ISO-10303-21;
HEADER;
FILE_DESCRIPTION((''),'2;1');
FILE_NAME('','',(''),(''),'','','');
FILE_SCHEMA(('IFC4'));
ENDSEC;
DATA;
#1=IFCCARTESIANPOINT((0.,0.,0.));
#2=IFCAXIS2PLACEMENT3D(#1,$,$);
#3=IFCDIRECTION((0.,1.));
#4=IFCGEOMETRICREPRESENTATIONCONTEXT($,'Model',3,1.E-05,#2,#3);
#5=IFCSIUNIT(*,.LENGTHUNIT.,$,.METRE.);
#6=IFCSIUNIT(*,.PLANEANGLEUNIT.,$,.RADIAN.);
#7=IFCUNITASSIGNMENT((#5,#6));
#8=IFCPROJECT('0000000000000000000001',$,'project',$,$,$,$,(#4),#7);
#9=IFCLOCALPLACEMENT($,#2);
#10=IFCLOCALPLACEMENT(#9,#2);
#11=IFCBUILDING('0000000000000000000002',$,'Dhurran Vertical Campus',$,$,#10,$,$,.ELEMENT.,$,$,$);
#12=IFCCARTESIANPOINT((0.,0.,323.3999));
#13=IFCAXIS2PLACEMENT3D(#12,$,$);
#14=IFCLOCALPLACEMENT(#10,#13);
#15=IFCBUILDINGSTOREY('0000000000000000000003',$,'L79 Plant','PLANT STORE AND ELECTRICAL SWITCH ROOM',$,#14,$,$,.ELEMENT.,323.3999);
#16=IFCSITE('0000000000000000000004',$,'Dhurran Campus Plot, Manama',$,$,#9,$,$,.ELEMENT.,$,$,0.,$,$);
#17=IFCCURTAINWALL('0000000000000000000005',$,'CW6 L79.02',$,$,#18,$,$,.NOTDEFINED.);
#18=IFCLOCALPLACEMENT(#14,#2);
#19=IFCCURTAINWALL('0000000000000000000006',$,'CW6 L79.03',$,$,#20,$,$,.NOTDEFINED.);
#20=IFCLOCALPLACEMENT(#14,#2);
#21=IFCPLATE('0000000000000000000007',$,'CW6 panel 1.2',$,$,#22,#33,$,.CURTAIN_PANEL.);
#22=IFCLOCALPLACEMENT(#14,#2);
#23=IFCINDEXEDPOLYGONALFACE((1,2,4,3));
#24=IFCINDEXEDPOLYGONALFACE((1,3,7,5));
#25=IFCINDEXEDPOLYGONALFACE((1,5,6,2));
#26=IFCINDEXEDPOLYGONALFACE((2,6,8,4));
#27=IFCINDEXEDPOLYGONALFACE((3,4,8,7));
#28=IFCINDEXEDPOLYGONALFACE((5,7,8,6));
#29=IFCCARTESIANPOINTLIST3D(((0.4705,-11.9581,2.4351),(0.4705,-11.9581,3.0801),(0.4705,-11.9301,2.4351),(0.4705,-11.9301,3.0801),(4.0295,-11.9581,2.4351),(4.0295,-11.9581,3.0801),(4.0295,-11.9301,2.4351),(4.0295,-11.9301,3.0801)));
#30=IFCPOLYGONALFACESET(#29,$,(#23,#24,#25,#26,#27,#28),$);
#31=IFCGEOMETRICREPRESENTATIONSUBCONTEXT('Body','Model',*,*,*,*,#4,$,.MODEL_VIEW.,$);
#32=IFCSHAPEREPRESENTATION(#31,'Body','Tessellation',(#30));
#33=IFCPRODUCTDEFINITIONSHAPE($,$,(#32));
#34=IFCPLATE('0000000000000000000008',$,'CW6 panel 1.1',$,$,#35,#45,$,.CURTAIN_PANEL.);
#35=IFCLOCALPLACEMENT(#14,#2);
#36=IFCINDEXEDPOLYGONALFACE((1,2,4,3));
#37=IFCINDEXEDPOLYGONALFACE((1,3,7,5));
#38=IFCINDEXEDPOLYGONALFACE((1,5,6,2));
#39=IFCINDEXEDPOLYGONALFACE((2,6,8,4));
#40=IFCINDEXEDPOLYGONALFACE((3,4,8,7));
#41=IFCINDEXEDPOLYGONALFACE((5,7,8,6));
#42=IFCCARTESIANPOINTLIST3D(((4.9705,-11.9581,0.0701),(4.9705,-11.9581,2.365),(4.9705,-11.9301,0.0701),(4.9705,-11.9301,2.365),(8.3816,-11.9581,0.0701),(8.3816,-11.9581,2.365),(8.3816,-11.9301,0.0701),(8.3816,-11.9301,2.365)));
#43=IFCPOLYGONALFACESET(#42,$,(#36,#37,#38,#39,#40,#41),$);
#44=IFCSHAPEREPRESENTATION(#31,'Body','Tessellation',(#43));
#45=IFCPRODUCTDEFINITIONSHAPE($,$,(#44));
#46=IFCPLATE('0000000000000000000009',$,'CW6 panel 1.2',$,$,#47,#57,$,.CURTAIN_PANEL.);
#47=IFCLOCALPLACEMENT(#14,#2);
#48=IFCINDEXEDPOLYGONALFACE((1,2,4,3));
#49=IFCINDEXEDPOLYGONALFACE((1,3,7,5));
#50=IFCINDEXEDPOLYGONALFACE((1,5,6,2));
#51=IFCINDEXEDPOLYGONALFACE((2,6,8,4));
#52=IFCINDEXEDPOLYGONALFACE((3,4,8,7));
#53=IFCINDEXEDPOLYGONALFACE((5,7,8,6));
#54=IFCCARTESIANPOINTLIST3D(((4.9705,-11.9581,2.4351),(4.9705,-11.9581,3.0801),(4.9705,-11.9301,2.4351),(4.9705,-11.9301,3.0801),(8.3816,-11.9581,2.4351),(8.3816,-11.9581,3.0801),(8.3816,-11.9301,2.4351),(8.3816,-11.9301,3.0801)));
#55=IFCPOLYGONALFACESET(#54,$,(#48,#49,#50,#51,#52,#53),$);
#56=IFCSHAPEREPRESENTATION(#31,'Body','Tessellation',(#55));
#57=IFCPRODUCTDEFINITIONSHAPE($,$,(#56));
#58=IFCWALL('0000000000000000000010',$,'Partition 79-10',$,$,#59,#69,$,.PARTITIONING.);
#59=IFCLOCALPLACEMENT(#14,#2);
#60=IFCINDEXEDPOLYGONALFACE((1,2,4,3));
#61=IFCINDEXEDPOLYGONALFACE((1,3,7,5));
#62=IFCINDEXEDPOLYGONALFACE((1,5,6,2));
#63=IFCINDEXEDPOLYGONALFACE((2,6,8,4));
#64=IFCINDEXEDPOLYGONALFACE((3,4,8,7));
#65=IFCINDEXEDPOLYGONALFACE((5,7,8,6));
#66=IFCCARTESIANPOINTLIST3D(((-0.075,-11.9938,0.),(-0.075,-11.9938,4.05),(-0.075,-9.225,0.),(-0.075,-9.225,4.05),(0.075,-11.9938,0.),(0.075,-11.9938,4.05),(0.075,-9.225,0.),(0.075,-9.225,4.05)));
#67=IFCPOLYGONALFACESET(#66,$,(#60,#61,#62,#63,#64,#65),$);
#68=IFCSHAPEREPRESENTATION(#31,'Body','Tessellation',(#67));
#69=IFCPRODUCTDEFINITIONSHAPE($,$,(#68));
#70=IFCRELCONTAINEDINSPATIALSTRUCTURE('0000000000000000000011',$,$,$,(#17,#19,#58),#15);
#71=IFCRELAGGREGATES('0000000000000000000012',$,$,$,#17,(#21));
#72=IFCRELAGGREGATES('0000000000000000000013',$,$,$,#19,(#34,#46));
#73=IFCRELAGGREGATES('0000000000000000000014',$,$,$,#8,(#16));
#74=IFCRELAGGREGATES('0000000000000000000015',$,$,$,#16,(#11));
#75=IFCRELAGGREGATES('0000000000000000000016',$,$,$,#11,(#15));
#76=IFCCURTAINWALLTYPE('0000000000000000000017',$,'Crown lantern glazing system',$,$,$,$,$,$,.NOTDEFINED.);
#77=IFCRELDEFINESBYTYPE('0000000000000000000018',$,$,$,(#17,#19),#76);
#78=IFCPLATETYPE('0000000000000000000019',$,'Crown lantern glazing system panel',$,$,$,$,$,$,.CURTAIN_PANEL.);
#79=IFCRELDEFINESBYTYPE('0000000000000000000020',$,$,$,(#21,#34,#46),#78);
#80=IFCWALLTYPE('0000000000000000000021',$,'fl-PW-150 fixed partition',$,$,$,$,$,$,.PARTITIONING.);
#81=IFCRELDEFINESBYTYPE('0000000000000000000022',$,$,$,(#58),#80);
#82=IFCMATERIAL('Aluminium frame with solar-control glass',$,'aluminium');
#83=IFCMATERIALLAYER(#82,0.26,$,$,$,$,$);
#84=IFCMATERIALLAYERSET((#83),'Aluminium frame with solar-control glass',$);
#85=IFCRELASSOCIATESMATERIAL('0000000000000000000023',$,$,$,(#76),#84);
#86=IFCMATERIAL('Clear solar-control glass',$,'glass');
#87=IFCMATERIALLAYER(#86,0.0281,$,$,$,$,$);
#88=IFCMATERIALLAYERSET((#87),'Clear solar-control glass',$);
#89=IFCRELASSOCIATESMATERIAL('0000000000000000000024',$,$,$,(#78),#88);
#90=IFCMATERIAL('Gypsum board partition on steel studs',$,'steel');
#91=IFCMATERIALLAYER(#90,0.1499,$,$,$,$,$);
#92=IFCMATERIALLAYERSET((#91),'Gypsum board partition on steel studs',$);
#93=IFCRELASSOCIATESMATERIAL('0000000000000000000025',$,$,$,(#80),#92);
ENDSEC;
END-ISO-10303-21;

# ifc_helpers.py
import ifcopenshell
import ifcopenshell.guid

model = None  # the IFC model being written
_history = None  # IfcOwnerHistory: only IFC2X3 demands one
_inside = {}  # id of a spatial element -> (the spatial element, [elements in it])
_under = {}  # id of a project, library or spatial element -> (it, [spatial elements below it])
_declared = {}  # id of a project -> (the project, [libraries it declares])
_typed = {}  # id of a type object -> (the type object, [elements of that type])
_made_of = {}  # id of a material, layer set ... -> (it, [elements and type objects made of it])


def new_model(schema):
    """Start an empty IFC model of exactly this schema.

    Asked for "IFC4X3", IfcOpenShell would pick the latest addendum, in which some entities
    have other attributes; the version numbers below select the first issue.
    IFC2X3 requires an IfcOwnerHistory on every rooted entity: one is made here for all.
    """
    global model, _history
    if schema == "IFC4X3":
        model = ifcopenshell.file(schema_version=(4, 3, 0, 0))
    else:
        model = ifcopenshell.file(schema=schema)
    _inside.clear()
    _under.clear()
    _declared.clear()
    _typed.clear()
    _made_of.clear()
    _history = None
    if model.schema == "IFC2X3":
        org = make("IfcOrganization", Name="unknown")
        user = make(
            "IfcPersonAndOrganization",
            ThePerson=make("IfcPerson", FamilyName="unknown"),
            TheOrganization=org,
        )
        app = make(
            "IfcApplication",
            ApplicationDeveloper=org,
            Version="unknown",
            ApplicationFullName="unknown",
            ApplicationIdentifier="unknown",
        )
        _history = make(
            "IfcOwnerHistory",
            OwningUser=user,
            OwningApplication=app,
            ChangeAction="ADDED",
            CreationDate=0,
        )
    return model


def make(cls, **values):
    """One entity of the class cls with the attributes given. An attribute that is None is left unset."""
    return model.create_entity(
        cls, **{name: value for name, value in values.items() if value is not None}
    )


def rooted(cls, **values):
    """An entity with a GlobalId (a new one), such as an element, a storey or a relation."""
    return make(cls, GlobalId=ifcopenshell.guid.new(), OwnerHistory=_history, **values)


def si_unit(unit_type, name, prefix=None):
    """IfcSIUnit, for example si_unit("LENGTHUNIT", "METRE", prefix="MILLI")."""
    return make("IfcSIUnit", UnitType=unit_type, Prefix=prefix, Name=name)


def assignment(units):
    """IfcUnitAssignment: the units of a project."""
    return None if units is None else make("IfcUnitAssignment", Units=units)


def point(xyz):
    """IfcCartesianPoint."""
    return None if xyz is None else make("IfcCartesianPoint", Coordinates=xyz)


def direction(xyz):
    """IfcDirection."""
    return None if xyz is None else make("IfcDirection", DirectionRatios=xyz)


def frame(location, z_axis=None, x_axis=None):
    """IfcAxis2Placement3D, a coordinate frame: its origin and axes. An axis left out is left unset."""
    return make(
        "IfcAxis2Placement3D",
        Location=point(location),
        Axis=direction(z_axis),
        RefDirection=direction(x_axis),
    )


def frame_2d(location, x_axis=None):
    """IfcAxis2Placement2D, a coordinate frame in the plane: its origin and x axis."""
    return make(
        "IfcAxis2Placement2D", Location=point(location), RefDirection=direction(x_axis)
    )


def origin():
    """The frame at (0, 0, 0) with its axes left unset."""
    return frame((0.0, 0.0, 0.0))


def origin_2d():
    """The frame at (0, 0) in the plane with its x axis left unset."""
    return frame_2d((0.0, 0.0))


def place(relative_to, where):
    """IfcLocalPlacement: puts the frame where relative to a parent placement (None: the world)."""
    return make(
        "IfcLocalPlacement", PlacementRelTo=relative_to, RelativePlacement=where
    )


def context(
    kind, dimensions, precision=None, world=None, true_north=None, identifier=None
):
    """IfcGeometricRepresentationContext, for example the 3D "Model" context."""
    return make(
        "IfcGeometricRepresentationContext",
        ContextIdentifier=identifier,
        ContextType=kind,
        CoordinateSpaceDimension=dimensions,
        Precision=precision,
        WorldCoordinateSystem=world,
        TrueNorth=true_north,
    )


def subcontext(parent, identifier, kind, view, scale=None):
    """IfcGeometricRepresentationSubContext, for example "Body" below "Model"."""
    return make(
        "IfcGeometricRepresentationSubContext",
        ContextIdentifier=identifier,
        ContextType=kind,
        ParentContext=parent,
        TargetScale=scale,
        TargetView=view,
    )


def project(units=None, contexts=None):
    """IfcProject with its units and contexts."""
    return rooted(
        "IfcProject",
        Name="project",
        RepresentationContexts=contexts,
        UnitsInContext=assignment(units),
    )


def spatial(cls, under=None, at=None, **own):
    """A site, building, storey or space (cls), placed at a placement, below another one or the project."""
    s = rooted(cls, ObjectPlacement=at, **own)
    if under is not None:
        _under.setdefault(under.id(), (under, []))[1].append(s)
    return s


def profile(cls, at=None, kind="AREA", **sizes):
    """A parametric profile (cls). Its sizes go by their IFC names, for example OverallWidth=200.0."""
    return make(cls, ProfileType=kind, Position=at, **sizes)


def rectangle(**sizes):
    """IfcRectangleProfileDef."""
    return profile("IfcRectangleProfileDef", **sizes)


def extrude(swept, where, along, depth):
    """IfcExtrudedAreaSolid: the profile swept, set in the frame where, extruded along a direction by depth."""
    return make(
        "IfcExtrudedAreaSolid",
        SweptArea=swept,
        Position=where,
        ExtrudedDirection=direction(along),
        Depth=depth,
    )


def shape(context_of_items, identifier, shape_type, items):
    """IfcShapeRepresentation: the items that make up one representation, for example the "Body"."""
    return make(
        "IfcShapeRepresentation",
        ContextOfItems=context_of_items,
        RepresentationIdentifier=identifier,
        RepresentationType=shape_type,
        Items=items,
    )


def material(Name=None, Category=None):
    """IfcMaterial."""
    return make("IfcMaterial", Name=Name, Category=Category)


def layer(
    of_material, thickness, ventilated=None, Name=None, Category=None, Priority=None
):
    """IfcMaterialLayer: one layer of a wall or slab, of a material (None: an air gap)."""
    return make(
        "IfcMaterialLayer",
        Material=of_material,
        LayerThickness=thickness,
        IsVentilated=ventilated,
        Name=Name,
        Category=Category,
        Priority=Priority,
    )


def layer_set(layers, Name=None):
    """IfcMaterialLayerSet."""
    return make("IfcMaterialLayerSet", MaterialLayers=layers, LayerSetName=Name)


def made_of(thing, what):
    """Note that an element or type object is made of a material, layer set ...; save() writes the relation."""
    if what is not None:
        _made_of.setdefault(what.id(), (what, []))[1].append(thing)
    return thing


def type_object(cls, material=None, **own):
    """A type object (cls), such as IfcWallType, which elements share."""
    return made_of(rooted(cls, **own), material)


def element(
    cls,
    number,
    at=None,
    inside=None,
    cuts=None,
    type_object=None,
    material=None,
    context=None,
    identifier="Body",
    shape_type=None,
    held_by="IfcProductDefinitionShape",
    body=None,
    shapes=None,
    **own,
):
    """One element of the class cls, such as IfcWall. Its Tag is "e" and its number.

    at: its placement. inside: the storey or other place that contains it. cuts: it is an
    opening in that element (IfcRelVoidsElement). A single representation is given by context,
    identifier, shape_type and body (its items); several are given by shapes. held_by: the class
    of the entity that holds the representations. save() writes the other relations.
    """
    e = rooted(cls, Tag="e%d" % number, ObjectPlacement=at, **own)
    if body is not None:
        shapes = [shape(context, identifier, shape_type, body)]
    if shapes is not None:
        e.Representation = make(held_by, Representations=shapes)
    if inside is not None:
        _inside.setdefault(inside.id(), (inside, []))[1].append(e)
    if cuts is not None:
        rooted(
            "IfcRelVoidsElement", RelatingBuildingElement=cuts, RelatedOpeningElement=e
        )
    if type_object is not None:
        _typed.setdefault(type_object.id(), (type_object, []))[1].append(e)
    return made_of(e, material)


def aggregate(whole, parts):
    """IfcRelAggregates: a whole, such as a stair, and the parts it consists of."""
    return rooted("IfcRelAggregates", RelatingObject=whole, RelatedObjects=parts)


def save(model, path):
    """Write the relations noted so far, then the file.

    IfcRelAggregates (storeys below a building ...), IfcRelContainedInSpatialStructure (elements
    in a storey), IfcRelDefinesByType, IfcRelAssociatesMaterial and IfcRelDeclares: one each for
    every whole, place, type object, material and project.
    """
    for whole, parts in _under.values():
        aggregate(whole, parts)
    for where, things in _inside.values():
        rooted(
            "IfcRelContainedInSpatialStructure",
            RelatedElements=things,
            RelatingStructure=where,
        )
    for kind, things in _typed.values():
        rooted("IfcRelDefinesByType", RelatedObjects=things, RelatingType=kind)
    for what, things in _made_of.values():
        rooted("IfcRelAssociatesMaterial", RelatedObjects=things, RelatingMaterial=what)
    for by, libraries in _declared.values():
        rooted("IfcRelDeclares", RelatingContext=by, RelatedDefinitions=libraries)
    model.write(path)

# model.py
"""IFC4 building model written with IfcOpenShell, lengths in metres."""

from ifc_helpers import new_model, si_unit, direction, frame, frame_2d, origin, origin_2d, place, context, subcontext, project, spatial, rectangle, extrude, material, layer, layer_set, type_object, element, aggregate, save


model = new_model("IFC4")

# Units and contexts
model_context = context("Model", 3, precision=1e-05, world=origin(), true_north=direction((0.0, 1.0)))
body_context = subcontext(model_context, "Body", "Model", "MODEL_VIEW")
ifc_project = project(units=[si_unit("LENGTHUNIT", "METRE"), si_unit("PLANEANGLEUNIT", "RADIAN")], contexts=[model_context])

# Site, building, storey
site_placement = place(None, origin())
site = spatial("IfcSite", under=ifc_project, at=site_placement, Name="Dhurran Campus Plot, Manama", CompositionType="ELEMENT", RefElevation=0.0)
building_placement = place(site_placement, origin())
building = spatial("IfcBuilding", under=site, at=building_placement, Name="Dhurran Vertical Campus", CompositionType="ELEMENT")
storey_placement = place(building_placement, frame((0.0, 0.0, 323.3999)))
storey = spatial("IfcBuildingStorey", under=building, at=storey_placement, Name="L79 Plant", Description="PLANT STORE AND ELECTRICAL SWITCH ROOM", CompositionType="ELEMENT", Elevation=323.3999)

# Curtain walls
ifc_material_1 = material(Name="Aluminium frame with solar-control glass", Category="aluminium")
ifc_layer_1 = layer(ifc_material_1, 0.26)
ifc_layer_set_1 = layer_set([ifc_layer_1], Name="Aluminium frame with solar-control glass")
curtain_wall_type = type_object("IfcCurtainWallType", Name="Crown lantern glazing system", PredefinedType="NOTDEFINED", material=ifc_layer_set_1)
curtain_wall_1_placement = place(storey_placement, origin())
curtain_wall_1 = element("IfcCurtainWall", 1, at=curtain_wall_1_placement, inside=storey, type_object=curtain_wall_type, Name="CW6 L79.02", PredefinedType="NOTDEFINED")
curtain_wall_2_placement = place(storey_placement, origin())
curtain_wall_2 = element("IfcCurtainWall", 2, at=curtain_wall_2_placement, inside=storey, type_object=curtain_wall_type, Name="CW6 L79.03", PredefinedType="NOTDEFINED")

# Plates
ifc_material_2 = material(Name="Clear solar-control glass", Category="glass")
ifc_layer_2 = layer(ifc_material_2, 0.0281)
ifc_layer_set_2 = layer_set([ifc_layer_2], Name="Clear solar-control glass")
plate_type = type_object("IfcPlateType", Name="Crown lantern glazing system panel", PredefinedType="CURTAIN_PANEL", material=ifc_layer_set_2)
plate_1_placement = place(storey_placement, frame((2.25, -11.9441, 2.4351), z_axis=(0.0, 0.0, 1.0), x_axis=(1.0, 0.0, 0.0)))
plate_1 = element("IfcPlate", 3, at=plate_1_placement, type_object=plate_type, Name="CW6 panel 1.2", PredefinedType="CURTAIN_PANEL", context=body_context, shape_type="SweptSolid", body=[
    extrude(rectangle(XDim=3.5591, YDim=0.0281, at=origin_2d()), origin(), (0.0, 0.0, 1.0), 0.645),
])
aggregate(curtain_wall_1, [plate_1])
plate_2_placement = place(storey_placement, frame((6.676, -11.9441, 0.0701), z_axis=(0.0, 0.0, 1.0), x_axis=(1.0, 0.0, 0.0)))
plate_2 = element("IfcPlate", 4, at=plate_2_placement, type_object=plate_type, Name="CW6 panel 1.1", PredefinedType="CURTAIN_PANEL", context=body_context, shape_type="SweptSolid", body=[
    extrude(rectangle(XDim=3.4111, YDim=0.0281, at=origin_2d()), origin(), (0.0, 0.0, 1.0), 2.2949),
])
plate_3_placement = place(storey_placement, frame((6.676, -11.9441, 2.4351), z_axis=(0.0, 0.0, 1.0), x_axis=(1.0, 0.0, 0.0)))
plate_3 = element("IfcPlate", 5, at=plate_3_placement, type_object=plate_type, Name="CW6 panel 1.2", PredefinedType="CURTAIN_PANEL", context=body_context, shape_type="SweptSolid", body=[
    extrude(rectangle(XDim=3.4111, YDim=0.0281, at=origin_2d()), origin(), (0.0, 0.0, 1.0), 0.645),
])
aggregate(curtain_wall_2, [plate_2, plate_3])

# Wall
ifc_material_3 = material(Name="Gypsum board partition on steel studs", Category="steel")
ifc_layer_3 = layer(ifc_material_3, 0.1499)
ifc_layer_set_3 = layer_set([ifc_layer_3], Name="Gypsum board partition on steel studs")
wall_type = type_object("IfcWallType", Name="fl-PW-150 fixed partition", PredefinedType="PARTITIONING", material=ifc_layer_set_3)
wall_placement = place(storey_placement, frame((0.0, -9.2251, 0.0), z_axis=(0.0, 0.0, 1.0), x_axis=(0.0, -1.0, 0.0)))
element("IfcWall", 6, at=wall_placement, inside=storey, type_object=wall_type, Name="Partition 79-10", PredefinedType="PARTITIONING", context=body_context, shape_type="SweptSolid", body=[
    extrude(rectangle(XDim=2.7688, YDim=0.1499, at=frame_2d((1.3843, 0.0))), origin(), (0.0, 0.0, 1.0), 4.05),
])

save(model, "model.ifc")
